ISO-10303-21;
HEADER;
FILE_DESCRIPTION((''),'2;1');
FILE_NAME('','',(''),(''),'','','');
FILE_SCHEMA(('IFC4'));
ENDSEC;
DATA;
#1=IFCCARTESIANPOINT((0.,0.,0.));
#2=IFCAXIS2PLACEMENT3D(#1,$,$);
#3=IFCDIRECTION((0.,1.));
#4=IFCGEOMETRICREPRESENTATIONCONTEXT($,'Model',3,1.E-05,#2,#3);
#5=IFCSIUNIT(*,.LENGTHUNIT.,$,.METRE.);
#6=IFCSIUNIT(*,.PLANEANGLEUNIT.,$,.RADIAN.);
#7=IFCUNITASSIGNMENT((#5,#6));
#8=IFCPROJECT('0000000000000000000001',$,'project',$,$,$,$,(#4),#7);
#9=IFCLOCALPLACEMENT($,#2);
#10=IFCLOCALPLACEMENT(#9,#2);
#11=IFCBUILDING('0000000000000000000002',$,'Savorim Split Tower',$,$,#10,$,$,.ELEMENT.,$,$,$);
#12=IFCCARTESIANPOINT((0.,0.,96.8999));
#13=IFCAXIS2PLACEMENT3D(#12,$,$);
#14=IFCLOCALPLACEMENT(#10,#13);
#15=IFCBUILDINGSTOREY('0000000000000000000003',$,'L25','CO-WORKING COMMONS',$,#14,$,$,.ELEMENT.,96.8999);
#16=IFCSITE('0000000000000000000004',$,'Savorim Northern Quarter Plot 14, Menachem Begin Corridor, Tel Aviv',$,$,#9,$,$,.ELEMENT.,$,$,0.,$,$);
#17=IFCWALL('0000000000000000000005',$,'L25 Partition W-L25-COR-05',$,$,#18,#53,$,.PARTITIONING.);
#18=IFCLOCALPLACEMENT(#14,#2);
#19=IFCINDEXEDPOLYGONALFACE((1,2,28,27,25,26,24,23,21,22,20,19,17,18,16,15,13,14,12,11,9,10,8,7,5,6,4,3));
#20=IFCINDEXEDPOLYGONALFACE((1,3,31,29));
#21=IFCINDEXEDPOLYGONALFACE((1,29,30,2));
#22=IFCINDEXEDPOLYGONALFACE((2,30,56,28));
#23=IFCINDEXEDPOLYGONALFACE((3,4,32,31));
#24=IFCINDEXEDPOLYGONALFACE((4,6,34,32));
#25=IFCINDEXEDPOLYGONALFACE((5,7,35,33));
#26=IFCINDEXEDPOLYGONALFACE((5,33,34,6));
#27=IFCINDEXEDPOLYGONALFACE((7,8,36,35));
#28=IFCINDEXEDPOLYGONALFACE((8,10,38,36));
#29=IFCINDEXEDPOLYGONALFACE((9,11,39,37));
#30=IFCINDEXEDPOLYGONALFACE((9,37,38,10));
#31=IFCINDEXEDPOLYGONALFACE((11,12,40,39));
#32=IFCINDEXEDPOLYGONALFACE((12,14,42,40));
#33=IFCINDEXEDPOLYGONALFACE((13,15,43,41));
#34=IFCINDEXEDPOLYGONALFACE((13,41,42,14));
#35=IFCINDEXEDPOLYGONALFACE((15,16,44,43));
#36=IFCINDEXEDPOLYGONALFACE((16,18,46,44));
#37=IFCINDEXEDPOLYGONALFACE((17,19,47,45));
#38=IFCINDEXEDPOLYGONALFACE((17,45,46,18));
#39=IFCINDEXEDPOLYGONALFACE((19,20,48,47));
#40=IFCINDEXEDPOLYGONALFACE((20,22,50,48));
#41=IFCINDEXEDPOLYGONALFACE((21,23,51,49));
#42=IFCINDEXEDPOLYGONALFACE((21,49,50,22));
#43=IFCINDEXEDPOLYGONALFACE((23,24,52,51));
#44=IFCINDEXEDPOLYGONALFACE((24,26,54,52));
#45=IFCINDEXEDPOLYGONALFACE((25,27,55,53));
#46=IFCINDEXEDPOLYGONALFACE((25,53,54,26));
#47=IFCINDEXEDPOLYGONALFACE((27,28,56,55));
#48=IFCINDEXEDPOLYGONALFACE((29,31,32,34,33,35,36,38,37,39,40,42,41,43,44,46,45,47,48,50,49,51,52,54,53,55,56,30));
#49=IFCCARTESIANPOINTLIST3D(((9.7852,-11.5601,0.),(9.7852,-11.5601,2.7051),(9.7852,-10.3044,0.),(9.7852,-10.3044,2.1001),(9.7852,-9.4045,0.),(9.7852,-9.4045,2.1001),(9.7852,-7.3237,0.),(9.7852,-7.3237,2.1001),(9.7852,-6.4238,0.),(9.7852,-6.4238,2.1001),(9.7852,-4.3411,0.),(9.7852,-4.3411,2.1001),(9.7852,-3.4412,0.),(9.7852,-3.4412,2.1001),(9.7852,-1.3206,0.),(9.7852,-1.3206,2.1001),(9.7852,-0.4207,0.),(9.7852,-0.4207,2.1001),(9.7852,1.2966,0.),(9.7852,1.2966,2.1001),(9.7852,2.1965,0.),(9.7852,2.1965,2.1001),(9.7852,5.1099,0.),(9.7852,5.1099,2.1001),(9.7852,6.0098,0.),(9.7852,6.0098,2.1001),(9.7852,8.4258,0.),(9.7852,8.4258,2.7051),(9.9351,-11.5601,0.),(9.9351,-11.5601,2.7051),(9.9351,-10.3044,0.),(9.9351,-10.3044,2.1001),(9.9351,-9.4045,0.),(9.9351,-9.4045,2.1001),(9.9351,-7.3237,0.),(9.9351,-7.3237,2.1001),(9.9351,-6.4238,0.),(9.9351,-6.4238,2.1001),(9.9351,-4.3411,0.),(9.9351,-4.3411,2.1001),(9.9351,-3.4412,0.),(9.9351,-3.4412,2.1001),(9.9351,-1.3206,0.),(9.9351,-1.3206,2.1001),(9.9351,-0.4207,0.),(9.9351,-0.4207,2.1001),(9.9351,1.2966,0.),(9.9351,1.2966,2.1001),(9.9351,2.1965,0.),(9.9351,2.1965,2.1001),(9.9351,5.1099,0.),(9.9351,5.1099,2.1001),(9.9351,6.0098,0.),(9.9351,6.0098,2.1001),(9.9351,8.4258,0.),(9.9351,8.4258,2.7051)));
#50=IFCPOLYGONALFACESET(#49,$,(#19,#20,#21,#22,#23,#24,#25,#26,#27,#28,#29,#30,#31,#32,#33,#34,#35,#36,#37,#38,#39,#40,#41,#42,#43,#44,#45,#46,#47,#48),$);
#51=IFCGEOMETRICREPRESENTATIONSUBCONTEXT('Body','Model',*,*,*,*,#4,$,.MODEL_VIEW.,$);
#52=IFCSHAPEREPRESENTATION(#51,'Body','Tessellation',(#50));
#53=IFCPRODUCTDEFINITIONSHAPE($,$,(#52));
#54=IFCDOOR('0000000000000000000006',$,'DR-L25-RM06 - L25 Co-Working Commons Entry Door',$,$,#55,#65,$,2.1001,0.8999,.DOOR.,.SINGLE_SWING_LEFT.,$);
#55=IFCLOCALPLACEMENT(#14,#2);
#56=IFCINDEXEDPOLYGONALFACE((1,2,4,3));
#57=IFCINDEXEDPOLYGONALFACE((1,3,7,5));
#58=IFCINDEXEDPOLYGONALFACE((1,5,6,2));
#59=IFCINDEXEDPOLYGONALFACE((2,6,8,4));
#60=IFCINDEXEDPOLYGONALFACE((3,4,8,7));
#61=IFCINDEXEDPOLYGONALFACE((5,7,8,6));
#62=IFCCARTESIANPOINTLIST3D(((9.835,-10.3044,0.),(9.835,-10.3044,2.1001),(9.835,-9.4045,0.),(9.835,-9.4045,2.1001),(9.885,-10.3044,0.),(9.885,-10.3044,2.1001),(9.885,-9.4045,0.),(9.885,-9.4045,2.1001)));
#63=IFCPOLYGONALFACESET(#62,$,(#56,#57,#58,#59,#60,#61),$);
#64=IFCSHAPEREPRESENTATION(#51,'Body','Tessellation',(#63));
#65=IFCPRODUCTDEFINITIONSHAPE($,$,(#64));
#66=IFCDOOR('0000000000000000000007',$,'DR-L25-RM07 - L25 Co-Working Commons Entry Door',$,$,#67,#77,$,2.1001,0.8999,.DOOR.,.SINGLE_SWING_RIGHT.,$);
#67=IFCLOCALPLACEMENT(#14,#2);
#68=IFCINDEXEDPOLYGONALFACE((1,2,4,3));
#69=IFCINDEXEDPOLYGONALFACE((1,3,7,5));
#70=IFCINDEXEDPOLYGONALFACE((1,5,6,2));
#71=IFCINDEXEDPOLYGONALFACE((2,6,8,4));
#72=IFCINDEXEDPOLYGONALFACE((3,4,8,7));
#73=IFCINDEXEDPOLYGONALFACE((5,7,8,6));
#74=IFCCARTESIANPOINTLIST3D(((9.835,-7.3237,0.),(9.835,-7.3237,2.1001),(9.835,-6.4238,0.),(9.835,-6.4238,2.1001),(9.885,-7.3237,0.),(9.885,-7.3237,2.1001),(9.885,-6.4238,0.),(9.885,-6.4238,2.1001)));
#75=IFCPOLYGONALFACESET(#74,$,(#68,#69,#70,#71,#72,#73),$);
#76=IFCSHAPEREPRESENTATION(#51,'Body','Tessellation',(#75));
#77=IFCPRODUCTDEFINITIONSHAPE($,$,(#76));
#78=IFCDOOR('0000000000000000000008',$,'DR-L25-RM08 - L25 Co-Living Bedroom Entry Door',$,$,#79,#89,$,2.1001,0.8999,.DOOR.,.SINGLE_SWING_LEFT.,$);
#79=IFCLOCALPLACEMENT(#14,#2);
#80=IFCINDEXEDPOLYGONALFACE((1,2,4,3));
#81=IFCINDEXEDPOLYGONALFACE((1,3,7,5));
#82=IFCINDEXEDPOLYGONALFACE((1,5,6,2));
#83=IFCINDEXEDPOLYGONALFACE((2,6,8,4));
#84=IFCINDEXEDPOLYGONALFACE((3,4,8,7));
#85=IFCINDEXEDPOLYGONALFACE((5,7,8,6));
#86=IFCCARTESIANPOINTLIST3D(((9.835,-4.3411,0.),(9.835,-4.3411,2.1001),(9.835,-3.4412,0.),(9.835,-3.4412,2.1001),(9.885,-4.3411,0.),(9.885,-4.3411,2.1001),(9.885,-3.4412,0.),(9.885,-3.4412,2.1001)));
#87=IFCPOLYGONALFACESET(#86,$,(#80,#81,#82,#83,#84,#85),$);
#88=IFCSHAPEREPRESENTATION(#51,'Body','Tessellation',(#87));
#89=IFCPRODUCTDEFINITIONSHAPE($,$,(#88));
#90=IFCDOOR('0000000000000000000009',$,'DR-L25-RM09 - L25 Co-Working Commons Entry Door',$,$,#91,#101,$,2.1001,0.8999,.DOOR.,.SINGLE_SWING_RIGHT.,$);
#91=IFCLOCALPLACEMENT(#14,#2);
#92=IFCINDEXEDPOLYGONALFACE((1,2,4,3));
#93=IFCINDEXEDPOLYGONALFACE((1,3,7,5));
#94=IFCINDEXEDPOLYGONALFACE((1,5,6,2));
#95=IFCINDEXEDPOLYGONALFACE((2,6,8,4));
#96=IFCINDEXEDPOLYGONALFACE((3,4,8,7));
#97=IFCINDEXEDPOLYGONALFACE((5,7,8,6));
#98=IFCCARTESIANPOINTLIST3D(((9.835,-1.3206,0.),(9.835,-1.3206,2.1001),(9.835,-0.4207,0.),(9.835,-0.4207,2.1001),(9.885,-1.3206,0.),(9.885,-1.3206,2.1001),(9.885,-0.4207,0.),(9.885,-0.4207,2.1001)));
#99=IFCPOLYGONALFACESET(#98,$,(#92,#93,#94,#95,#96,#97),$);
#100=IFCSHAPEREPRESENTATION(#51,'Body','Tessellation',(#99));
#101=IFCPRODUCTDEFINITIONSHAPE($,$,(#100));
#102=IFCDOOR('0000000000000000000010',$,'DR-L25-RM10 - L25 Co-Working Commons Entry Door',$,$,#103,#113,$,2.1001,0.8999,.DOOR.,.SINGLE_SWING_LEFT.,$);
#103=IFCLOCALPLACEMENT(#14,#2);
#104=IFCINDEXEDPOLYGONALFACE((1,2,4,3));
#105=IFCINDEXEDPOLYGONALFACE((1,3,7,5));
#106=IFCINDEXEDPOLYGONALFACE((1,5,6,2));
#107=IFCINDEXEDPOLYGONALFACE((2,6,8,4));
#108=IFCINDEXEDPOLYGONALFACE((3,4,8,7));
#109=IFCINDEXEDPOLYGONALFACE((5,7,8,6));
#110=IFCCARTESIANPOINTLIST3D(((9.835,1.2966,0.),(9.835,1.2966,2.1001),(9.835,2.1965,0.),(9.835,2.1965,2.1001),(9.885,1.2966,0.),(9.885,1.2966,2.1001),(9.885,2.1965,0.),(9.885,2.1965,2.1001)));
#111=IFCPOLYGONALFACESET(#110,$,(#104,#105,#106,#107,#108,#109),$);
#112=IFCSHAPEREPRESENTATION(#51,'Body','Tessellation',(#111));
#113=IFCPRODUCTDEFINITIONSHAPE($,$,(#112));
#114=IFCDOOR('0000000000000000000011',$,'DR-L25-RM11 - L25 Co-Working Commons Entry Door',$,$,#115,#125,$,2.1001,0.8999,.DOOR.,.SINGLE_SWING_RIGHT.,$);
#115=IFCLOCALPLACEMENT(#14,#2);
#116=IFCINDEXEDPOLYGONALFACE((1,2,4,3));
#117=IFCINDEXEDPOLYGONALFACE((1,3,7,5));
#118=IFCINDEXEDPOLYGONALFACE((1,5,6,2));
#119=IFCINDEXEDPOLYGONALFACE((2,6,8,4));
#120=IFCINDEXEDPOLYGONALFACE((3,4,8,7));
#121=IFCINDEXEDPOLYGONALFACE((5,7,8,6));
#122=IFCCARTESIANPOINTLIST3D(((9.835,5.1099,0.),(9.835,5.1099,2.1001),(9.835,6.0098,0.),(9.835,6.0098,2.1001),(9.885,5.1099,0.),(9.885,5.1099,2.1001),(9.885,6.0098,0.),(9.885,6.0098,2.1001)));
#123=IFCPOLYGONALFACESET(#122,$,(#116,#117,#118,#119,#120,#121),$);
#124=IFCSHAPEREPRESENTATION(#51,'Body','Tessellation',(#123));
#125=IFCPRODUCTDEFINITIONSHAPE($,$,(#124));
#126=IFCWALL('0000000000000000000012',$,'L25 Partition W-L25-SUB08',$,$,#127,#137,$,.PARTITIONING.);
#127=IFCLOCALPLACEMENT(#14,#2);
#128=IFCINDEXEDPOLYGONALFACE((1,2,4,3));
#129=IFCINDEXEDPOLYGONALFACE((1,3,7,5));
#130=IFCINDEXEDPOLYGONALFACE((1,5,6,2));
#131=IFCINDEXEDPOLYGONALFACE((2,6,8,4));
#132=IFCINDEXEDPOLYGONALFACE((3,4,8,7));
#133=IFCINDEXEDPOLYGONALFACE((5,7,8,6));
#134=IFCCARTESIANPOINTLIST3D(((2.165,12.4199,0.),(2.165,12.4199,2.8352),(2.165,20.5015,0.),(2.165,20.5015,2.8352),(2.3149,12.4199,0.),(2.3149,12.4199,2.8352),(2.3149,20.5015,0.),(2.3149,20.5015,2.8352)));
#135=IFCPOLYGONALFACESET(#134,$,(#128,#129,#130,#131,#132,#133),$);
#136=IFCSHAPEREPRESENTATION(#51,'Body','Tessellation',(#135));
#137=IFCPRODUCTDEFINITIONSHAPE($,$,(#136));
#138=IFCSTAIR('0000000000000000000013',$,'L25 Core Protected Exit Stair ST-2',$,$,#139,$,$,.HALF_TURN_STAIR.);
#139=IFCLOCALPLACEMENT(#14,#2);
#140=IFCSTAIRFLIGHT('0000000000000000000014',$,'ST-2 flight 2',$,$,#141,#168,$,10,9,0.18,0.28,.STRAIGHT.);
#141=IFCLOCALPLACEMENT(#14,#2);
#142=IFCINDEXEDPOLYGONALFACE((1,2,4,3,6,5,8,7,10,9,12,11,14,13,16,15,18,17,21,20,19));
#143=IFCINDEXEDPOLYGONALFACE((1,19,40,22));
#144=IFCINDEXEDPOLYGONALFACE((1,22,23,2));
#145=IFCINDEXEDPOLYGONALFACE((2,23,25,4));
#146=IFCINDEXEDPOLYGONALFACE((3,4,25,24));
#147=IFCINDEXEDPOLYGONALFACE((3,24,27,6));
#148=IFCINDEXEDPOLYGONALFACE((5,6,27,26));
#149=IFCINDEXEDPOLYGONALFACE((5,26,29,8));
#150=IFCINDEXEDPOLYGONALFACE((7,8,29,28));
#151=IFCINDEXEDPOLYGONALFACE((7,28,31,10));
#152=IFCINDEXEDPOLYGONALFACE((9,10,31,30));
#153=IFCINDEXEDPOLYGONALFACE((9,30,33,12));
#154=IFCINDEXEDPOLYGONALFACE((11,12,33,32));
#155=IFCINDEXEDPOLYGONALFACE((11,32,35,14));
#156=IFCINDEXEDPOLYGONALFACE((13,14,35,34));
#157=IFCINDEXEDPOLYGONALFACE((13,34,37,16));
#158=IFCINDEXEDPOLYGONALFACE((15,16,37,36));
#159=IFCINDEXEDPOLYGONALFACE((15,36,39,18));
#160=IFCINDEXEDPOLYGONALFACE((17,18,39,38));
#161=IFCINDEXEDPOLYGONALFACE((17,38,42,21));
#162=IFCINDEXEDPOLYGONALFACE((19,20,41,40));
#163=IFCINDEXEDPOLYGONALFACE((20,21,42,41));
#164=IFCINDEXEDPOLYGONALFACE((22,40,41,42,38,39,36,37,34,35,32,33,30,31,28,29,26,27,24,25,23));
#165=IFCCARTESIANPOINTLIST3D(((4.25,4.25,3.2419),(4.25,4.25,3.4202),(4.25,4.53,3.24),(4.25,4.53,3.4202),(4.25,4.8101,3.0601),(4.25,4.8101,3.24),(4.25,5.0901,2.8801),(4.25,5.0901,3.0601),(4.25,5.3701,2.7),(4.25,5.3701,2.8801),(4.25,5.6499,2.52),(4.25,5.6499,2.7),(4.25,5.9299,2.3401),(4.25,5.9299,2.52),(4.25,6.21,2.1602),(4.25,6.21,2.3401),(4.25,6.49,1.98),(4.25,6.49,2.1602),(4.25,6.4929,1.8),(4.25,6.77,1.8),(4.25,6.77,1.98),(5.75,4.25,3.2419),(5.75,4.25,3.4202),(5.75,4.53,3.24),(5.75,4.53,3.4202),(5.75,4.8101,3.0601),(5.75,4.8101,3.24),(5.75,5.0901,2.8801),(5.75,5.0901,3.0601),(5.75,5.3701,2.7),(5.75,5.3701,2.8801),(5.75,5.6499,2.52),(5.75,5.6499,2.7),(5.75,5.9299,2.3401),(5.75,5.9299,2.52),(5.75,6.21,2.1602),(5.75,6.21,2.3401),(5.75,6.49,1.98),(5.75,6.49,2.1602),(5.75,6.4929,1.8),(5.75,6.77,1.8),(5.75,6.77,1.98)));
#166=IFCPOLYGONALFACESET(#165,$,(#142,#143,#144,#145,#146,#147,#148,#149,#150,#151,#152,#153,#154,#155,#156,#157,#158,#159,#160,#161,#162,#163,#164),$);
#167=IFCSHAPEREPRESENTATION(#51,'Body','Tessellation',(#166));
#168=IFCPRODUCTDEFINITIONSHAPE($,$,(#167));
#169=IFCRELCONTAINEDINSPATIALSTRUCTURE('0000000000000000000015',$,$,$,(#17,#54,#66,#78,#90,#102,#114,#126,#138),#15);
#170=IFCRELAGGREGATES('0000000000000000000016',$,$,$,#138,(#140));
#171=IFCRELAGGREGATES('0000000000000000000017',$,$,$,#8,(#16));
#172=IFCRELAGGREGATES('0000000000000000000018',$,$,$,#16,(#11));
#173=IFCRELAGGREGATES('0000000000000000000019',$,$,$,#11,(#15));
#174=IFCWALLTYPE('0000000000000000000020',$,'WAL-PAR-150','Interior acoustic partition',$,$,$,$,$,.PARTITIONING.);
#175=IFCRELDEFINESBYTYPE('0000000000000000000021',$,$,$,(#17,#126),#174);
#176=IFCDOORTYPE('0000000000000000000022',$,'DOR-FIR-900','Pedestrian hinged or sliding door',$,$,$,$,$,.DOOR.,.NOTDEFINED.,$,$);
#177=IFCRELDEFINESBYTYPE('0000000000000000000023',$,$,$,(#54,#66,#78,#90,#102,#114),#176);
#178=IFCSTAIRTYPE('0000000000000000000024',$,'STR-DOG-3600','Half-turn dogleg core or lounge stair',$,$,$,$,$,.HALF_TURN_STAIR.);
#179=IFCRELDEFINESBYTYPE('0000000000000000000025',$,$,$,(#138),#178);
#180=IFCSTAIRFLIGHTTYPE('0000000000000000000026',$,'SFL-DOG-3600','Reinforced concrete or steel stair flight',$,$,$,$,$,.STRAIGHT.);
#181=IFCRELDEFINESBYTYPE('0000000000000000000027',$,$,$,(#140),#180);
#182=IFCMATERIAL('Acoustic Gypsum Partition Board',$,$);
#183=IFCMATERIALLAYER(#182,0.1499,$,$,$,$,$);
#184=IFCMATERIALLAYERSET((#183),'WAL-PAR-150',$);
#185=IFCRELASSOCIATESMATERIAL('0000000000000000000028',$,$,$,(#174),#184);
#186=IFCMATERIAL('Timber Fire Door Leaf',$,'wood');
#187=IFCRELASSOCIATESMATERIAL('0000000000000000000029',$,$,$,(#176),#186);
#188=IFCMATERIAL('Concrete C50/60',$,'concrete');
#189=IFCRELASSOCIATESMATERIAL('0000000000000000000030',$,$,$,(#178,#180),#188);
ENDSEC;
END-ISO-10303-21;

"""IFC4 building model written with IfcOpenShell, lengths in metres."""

from ifc_helpers import new_model, si_unit, direction, frame, frame_2d, origin, place, context, subcontext, project, spatial, polyline, rectangle, outline, extrude, material, layer, layer_set, type_object, element, fill, aggregate, save


model = new_model("IFC4")

# Units and contexts
model_context = context("Model", 3, precision=1e-05, world=origin(), true_north=direction((0.0, 1.0)))
body_context = subcontext(model_context, "Body", "Model", "MODEL_VIEW")
ifc_project = project(units=[si_unit("LENGTHUNIT", "METRE"), si_unit("PLANEANGLEUNIT", "RADIAN")], contexts=[model_context])

# Site, building, storey
site_placement = place(None, origin())
site = spatial("IfcSite", under=ifc_project, at=site_placement, Name="Savorim Northern Quarter Plot 14, Menachem Begin Corridor, Tel Aviv", CompositionType="ELEMENT", RefElevation=0.0)
building_placement = place(site_placement, origin())
building = spatial("IfcBuilding", under=site, at=building_placement, Name="Savorim Split Tower", CompositionType="ELEMENT")
storey_placement = place(building_placement, frame((0.0, 0.0, 96.8999)))
storey = spatial("IfcBuildingStorey", under=building, at=storey_placement, Name="L25", Description="CO-WORKING COMMONS", CompositionType="ELEMENT", Elevation=96.8999)

# Shared definitions
ifc_material_1 = material(Name="Timber Fire Door Leaf", Category="wood")

# Shared definitions
ifc_material_2 = material(Name="Acoustic Gypsum Partition Board")
ifc_layer_1 = layer(ifc_material_2, 0.1499)
ifc_layer_set_1 = layer_set([ifc_layer_1], Name="WAL-PAR-150")
wall_type_1 = type_object("IfcWallType", Name="WAL-PAR-150", Description="Interior acoustic partition", PredefinedType="PARTITIONING", material=ifc_layer_set_1)

# Wall, openings, doors
wall_1_placement = place(storey_placement, frame((9.8601, 8.4258, 0.0), z_axis=(0.0, 0.0, 1.0), x_axis=(0.0, -1.0, 0.0)))
wall_1 = element("IfcWall", 1, at=wall_1_placement, inside=storey, type_object=wall_type_1, Name="L25 Partition W-L25-COR-05", PredefinedType="PARTITIONING", context=body_context, shape_type="SweptSolid", body=[
    extrude(rectangle(XDim=19.9858, YDim=0.1499, at=frame_2d((9.9929, 0.0))), origin(), (0.0, 0.0, 1.0), 2.7051),
])
opening_1_placement = place(wall_1_placement, frame((17.8303, 0.0, 0.0)))
opening_1 = element("IfcOpeningElement", 2, at=opening_1_placement, cuts=wall_1, PredefinedType="OPENING", context=body_context, shape_type="SweptSolid", body=[
    extrude(rectangle(XDim=0.8999, YDim=2.1001, at=frame_2d((0.45, 1.05))), frame((0.0, 0.085, 0.0), z_axis=(0.0, -1.0, 0.0), x_axis=(1.0, 0.0, 0.0)), (0.0, 0.0, 1.0), 0.1699),
])
opening_2_placement = place(wall_1_placement, frame((14.8496, 0.0, 0.0)))
opening_2 = element("IfcOpeningElement", 3, at=opening_2_placement, cuts=wall_1, PredefinedType="OPENING", context=body_context, shape_type="SweptSolid", body=[
    extrude(rectangle(XDim=0.8999, YDim=2.1001, at=frame_2d((0.45, 1.05))), frame((0.0, 0.085, 0.0), z_axis=(0.0, -1.0, 0.0), x_axis=(1.0, 0.0, 0.0)), (0.0, 0.0, 1.0), 0.1699),
])
opening_3_placement = place(wall_1_placement, frame((11.8669, 0.0, 0.0)))
opening_3 = element("IfcOpeningElement", 4, at=opening_3_placement, cuts=wall_1, PredefinedType="OPENING", context=body_context, shape_type="SweptSolid", body=[
    extrude(rectangle(XDim=0.8999, YDim=2.1001, at=frame_2d((0.45, 1.05))), frame((0.0, 0.085, 0.0), z_axis=(0.0, -1.0, 0.0), x_axis=(1.0, 0.0, 0.0)), (0.0, 0.0, 1.0), 0.1699),
])
opening_4_placement = place(wall_1_placement, frame((8.8464, 0.0, 0.0)))
opening_4 = element("IfcOpeningElement", 5, at=opening_4_placement, cuts=wall_1, PredefinedType="OPENING", context=body_context, shape_type="SweptSolid", body=[
    extrude(rectangle(XDim=0.8999, YDim=2.1001, at=frame_2d((0.45, 1.05))), frame((0.0, 0.085, 0.0), z_axis=(0.0, -1.0, 0.0), x_axis=(1.0, 0.0, 0.0)), (0.0, 0.0, 1.0), 0.1699),
])
opening_5_placement = place(wall_1_placement, frame((6.2292, 0.0, 0.0)))
opening_5 = element("IfcOpeningElement", 6, at=opening_5_placement, cuts=wall_1, PredefinedType="OPENING", context=body_context, shape_type="SweptSolid", body=[
    extrude(rectangle(XDim=0.8999, YDim=2.1001, at=frame_2d((0.45, 1.05))), frame((0.0, 0.085, 0.0), z_axis=(0.0, -1.0, 0.0), x_axis=(1.0, 0.0, 0.0)), (0.0, 0.0, 1.0), 0.1699),
])
opening_6_placement = place(wall_1_placement, frame((2.416, 0.0, 0.0)))
opening_6 = element("IfcOpeningElement", 7, at=opening_6_placement, cuts=wall_1, PredefinedType="OPENING", context=body_context, shape_type="SweptSolid", body=[
    extrude(rectangle(XDim=0.8999, YDim=2.1001, at=frame_2d((0.45, 1.05))), frame((0.0, 0.085, 0.0), z_axis=(0.0, -1.0, 0.0), x_axis=(1.0, 0.0, 0.0)), (0.0, 0.0, 1.0), 0.1699),
])
door_type_1 = type_object("IfcDoorType", Name="DOR-FIR-900", Description="Pedestrian hinged or sliding door", OperationType="NOTDEFINED", PredefinedType="DOOR", material=ifc_material_1)
door_1_placement = place(opening_1_placement, origin())
door_1 = element("IfcDoor", 8, at=door_1_placement, inside=storey, type_object=door_type_1, Name="DR-L25-RM06 - L25 Co-Working Commons Entry Door", OperationType="SINGLE_SWING_LEFT", OverallHeight=2.1001, OverallWidth=0.8999, PredefinedType="DOOR", context=body_context, shape_type="SweptSolid", body=[
    extrude(rectangle(XDim=0.8999, YDim=2.1001, at=frame_2d((0.45, 1.05))), frame((0.0, 0.0249, 0.0), z_axis=(0.0, -1.0, 0.0), x_axis=(1.0, 0.0, 0.0)), (0.0, 0.0, 1.0), 0.05),
])
fill(opening_1, door_1)
door_2_placement = place(opening_2_placement, origin())
door_2 = element("IfcDoor", 9, at=door_2_placement, inside=storey, type_object=door_type_1, Name="DR-L25-RM07 - L25 Co-Working Commons Entry Door", OperationType="SINGLE_SWING_RIGHT", OverallHeight=2.1001, OverallWidth=0.8999, PredefinedType="DOOR", context=body_context, shape_type="SweptSolid", body=[
    extrude(rectangle(XDim=0.8999, YDim=2.1001, at=frame_2d((0.45, 1.05))), frame((0.0, 0.0249, 0.0), z_axis=(0.0, -1.0, 0.0), x_axis=(1.0, 0.0, 0.0)), (0.0, 0.0, 1.0), 0.05),
])
fill(opening_2, door_2)
door_3_placement = place(opening_3_placement, origin())
door_3 = element("IfcDoor", 10, at=door_3_placement, inside=storey, type_object=door_type_1, Name="DR-L25-RM08 - L25 Co-Living Bedroom Entry Door", OperationType="SINGLE_SWING_LEFT", OverallHeight=2.1001, OverallWidth=0.8999, PredefinedType="DOOR", context=body_context, shape_type="SweptSolid", body=[
    extrude(rectangle(XDim=0.8999, YDim=2.1001, at=frame_2d((0.45, 1.05))), frame((0.0, 0.0249, 0.0), z_axis=(0.0, -1.0, 0.0), x_axis=(1.0, 0.0, 0.0)), (0.0, 0.0, 1.0), 0.05),
])
fill(opening_3, door_3)
door_4_placement = place(opening_4_placement, origin())
door_4 = element("IfcDoor", 11, at=door_4_placement, inside=storey, type_object=door_type_1, Name="DR-L25-RM09 - L25 Co-Working Commons Entry Door", OperationType="SINGLE_SWING_RIGHT", OverallHeight=2.1001, OverallWidth=0.8999, PredefinedType="DOOR", context=body_context, shape_type="SweptSolid", body=[
    extrude(rectangle(XDim=0.8999, YDim=2.1001, at=frame_2d((0.45, 1.05))), frame((0.0, 0.0249, 0.0), z_axis=(0.0, -1.0, 0.0), x_axis=(1.0, 0.0, 0.0)), (0.0, 0.0, 1.0), 0.05),
])
fill(opening_4, door_4)
door_5_placement = place(opening_5_placement, origin())
door_5 = element("IfcDoor", 12, at=door_5_placement, inside=storey, type_object=door_type_1, Name="DR-L25-RM10 - L25 Co-Working Commons Entry Door", OperationType="SINGLE_SWING_LEFT", OverallHeight=2.1001, OverallWidth=0.8999, PredefinedType="DOOR", context=body_context, shape_type="SweptSolid", body=[
    extrude(rectangle(XDim=0.8999, YDim=2.1001, at=frame_2d((0.45, 1.05))), frame((0.0, 0.0249, 0.0), z_axis=(0.0, -1.0, 0.0), x_axis=(1.0, 0.0, 0.0)), (0.0, 0.0, 1.0), 0.05),
])
fill(opening_5, door_5)
door_6_placement = place(opening_6_placement, origin())
door_6 = element("IfcDoor", 13, at=door_6_placement, inside=storey, type_object=door_type_1, Name="DR-L25-RM11 - L25 Co-Working Commons Entry Door", OperationType="SINGLE_SWING_RIGHT", OverallHeight=2.1001, OverallWidth=0.8999, PredefinedType="DOOR", context=body_context, shape_type="SweptSolid", body=[
    extrude(rectangle(XDim=0.8999, YDim=2.1001, at=frame_2d((0.45, 1.05))), frame((0.0, 0.0249, 0.0), z_axis=(0.0, -1.0, 0.0), x_axis=(1.0, 0.0, 0.0)), (0.0, 0.0, 1.0), 0.05),
])
fill(opening_6, door_6)

# Wall
wall_2_placement = place(storey_placement, frame((2.24, 12.4199, 0.0), z_axis=(0.0, 0.0, 1.0), x_axis=(0.0, 1.0, 0.0)))
element("IfcWall", 14, at=wall_2_placement, inside=storey, type_object=wall_type_1, Name="L25 Partition W-L25-SUB08", PredefinedType="PARTITIONING", context=body_context, shape_type="SweptSolid", body=[
    extrude(rectangle(XDim=8.0815, YDim=0.1499, at=frame_2d((4.0408, 0.0))), origin(), (0.0, 0.0, 1.0), 2.8352),
])

# Stair, stair flight
ifc_material_3 = material(Name="Concrete C50/60", Category="concrete")
stair_type = type_object("IfcStairType", Name="STR-DOG-3600", Description="Half-turn dogleg core or lounge stair", PredefinedType="HALF_TURN_STAIR", material=ifc_material_3)
stair_placement = place(storey_placement, origin())
stair = element("IfcStair", 15, at=stair_placement, inside=storey, type_object=stair_type, Name="L25 Core Protected Exit Stair ST-2", PredefinedType="HALF_TURN_STAIR")
stair_flight_type = type_object("IfcStairFlightType", Name="SFL-DOG-3600", Description="Reinforced concrete or steel stair flight", PredefinedType="STRAIGHT", material=ifc_material_3)
stair_flight_placement = place(storey_placement, frame((5.0, 6.77, 1.8), z_axis=(0.0, 0.0, 1.0), x_axis=(0.0, -1.0, 0.0)))
stair_flight = element("IfcStairFlight", 16, at=stair_flight_placement, type_object=stair_flight_type, Name="ST-2 flight 2", NumberOfRisers=10, NumberOfTreads=9, PredefinedType="STRAIGHT", RiserHeight=0.18, TreadLength=0.28, context=body_context, shape_type="SweptSolid", body=[
    extrude(outline(polyline([(0.0, 0.0), (0.0, 0.1799), (0.28, 0.1799), (0.28, 0.3601), (0.5601, 0.3601), (0.5601, 0.54), (0.8401, 0.54), (0.8401, 0.72), (1.1201, 0.72), (1.1201, 0.8999), (1.3999, 0.8999), (1.3999, 1.0801), (1.6799, 1.0801), (1.6799, 1.26), (1.96, 1.26), (1.96, 1.4399), (2.24, 1.4399), (2.24, 1.6201), (2.52, 1.6201), (2.52, 1.8), (2.52, 1.4419), (0.2771, 0.0), (0.0, 0.0)])), frame((0.0, 0.75, 0.0), z_axis=(0.0, -1.0, 0.0), x_axis=(1.0, 0.0, 0.0)), (0.0, 0.0, 1.0), 1.5),
])
aggregate(stair, [stair_flight])

save(model, "model.ifc")
